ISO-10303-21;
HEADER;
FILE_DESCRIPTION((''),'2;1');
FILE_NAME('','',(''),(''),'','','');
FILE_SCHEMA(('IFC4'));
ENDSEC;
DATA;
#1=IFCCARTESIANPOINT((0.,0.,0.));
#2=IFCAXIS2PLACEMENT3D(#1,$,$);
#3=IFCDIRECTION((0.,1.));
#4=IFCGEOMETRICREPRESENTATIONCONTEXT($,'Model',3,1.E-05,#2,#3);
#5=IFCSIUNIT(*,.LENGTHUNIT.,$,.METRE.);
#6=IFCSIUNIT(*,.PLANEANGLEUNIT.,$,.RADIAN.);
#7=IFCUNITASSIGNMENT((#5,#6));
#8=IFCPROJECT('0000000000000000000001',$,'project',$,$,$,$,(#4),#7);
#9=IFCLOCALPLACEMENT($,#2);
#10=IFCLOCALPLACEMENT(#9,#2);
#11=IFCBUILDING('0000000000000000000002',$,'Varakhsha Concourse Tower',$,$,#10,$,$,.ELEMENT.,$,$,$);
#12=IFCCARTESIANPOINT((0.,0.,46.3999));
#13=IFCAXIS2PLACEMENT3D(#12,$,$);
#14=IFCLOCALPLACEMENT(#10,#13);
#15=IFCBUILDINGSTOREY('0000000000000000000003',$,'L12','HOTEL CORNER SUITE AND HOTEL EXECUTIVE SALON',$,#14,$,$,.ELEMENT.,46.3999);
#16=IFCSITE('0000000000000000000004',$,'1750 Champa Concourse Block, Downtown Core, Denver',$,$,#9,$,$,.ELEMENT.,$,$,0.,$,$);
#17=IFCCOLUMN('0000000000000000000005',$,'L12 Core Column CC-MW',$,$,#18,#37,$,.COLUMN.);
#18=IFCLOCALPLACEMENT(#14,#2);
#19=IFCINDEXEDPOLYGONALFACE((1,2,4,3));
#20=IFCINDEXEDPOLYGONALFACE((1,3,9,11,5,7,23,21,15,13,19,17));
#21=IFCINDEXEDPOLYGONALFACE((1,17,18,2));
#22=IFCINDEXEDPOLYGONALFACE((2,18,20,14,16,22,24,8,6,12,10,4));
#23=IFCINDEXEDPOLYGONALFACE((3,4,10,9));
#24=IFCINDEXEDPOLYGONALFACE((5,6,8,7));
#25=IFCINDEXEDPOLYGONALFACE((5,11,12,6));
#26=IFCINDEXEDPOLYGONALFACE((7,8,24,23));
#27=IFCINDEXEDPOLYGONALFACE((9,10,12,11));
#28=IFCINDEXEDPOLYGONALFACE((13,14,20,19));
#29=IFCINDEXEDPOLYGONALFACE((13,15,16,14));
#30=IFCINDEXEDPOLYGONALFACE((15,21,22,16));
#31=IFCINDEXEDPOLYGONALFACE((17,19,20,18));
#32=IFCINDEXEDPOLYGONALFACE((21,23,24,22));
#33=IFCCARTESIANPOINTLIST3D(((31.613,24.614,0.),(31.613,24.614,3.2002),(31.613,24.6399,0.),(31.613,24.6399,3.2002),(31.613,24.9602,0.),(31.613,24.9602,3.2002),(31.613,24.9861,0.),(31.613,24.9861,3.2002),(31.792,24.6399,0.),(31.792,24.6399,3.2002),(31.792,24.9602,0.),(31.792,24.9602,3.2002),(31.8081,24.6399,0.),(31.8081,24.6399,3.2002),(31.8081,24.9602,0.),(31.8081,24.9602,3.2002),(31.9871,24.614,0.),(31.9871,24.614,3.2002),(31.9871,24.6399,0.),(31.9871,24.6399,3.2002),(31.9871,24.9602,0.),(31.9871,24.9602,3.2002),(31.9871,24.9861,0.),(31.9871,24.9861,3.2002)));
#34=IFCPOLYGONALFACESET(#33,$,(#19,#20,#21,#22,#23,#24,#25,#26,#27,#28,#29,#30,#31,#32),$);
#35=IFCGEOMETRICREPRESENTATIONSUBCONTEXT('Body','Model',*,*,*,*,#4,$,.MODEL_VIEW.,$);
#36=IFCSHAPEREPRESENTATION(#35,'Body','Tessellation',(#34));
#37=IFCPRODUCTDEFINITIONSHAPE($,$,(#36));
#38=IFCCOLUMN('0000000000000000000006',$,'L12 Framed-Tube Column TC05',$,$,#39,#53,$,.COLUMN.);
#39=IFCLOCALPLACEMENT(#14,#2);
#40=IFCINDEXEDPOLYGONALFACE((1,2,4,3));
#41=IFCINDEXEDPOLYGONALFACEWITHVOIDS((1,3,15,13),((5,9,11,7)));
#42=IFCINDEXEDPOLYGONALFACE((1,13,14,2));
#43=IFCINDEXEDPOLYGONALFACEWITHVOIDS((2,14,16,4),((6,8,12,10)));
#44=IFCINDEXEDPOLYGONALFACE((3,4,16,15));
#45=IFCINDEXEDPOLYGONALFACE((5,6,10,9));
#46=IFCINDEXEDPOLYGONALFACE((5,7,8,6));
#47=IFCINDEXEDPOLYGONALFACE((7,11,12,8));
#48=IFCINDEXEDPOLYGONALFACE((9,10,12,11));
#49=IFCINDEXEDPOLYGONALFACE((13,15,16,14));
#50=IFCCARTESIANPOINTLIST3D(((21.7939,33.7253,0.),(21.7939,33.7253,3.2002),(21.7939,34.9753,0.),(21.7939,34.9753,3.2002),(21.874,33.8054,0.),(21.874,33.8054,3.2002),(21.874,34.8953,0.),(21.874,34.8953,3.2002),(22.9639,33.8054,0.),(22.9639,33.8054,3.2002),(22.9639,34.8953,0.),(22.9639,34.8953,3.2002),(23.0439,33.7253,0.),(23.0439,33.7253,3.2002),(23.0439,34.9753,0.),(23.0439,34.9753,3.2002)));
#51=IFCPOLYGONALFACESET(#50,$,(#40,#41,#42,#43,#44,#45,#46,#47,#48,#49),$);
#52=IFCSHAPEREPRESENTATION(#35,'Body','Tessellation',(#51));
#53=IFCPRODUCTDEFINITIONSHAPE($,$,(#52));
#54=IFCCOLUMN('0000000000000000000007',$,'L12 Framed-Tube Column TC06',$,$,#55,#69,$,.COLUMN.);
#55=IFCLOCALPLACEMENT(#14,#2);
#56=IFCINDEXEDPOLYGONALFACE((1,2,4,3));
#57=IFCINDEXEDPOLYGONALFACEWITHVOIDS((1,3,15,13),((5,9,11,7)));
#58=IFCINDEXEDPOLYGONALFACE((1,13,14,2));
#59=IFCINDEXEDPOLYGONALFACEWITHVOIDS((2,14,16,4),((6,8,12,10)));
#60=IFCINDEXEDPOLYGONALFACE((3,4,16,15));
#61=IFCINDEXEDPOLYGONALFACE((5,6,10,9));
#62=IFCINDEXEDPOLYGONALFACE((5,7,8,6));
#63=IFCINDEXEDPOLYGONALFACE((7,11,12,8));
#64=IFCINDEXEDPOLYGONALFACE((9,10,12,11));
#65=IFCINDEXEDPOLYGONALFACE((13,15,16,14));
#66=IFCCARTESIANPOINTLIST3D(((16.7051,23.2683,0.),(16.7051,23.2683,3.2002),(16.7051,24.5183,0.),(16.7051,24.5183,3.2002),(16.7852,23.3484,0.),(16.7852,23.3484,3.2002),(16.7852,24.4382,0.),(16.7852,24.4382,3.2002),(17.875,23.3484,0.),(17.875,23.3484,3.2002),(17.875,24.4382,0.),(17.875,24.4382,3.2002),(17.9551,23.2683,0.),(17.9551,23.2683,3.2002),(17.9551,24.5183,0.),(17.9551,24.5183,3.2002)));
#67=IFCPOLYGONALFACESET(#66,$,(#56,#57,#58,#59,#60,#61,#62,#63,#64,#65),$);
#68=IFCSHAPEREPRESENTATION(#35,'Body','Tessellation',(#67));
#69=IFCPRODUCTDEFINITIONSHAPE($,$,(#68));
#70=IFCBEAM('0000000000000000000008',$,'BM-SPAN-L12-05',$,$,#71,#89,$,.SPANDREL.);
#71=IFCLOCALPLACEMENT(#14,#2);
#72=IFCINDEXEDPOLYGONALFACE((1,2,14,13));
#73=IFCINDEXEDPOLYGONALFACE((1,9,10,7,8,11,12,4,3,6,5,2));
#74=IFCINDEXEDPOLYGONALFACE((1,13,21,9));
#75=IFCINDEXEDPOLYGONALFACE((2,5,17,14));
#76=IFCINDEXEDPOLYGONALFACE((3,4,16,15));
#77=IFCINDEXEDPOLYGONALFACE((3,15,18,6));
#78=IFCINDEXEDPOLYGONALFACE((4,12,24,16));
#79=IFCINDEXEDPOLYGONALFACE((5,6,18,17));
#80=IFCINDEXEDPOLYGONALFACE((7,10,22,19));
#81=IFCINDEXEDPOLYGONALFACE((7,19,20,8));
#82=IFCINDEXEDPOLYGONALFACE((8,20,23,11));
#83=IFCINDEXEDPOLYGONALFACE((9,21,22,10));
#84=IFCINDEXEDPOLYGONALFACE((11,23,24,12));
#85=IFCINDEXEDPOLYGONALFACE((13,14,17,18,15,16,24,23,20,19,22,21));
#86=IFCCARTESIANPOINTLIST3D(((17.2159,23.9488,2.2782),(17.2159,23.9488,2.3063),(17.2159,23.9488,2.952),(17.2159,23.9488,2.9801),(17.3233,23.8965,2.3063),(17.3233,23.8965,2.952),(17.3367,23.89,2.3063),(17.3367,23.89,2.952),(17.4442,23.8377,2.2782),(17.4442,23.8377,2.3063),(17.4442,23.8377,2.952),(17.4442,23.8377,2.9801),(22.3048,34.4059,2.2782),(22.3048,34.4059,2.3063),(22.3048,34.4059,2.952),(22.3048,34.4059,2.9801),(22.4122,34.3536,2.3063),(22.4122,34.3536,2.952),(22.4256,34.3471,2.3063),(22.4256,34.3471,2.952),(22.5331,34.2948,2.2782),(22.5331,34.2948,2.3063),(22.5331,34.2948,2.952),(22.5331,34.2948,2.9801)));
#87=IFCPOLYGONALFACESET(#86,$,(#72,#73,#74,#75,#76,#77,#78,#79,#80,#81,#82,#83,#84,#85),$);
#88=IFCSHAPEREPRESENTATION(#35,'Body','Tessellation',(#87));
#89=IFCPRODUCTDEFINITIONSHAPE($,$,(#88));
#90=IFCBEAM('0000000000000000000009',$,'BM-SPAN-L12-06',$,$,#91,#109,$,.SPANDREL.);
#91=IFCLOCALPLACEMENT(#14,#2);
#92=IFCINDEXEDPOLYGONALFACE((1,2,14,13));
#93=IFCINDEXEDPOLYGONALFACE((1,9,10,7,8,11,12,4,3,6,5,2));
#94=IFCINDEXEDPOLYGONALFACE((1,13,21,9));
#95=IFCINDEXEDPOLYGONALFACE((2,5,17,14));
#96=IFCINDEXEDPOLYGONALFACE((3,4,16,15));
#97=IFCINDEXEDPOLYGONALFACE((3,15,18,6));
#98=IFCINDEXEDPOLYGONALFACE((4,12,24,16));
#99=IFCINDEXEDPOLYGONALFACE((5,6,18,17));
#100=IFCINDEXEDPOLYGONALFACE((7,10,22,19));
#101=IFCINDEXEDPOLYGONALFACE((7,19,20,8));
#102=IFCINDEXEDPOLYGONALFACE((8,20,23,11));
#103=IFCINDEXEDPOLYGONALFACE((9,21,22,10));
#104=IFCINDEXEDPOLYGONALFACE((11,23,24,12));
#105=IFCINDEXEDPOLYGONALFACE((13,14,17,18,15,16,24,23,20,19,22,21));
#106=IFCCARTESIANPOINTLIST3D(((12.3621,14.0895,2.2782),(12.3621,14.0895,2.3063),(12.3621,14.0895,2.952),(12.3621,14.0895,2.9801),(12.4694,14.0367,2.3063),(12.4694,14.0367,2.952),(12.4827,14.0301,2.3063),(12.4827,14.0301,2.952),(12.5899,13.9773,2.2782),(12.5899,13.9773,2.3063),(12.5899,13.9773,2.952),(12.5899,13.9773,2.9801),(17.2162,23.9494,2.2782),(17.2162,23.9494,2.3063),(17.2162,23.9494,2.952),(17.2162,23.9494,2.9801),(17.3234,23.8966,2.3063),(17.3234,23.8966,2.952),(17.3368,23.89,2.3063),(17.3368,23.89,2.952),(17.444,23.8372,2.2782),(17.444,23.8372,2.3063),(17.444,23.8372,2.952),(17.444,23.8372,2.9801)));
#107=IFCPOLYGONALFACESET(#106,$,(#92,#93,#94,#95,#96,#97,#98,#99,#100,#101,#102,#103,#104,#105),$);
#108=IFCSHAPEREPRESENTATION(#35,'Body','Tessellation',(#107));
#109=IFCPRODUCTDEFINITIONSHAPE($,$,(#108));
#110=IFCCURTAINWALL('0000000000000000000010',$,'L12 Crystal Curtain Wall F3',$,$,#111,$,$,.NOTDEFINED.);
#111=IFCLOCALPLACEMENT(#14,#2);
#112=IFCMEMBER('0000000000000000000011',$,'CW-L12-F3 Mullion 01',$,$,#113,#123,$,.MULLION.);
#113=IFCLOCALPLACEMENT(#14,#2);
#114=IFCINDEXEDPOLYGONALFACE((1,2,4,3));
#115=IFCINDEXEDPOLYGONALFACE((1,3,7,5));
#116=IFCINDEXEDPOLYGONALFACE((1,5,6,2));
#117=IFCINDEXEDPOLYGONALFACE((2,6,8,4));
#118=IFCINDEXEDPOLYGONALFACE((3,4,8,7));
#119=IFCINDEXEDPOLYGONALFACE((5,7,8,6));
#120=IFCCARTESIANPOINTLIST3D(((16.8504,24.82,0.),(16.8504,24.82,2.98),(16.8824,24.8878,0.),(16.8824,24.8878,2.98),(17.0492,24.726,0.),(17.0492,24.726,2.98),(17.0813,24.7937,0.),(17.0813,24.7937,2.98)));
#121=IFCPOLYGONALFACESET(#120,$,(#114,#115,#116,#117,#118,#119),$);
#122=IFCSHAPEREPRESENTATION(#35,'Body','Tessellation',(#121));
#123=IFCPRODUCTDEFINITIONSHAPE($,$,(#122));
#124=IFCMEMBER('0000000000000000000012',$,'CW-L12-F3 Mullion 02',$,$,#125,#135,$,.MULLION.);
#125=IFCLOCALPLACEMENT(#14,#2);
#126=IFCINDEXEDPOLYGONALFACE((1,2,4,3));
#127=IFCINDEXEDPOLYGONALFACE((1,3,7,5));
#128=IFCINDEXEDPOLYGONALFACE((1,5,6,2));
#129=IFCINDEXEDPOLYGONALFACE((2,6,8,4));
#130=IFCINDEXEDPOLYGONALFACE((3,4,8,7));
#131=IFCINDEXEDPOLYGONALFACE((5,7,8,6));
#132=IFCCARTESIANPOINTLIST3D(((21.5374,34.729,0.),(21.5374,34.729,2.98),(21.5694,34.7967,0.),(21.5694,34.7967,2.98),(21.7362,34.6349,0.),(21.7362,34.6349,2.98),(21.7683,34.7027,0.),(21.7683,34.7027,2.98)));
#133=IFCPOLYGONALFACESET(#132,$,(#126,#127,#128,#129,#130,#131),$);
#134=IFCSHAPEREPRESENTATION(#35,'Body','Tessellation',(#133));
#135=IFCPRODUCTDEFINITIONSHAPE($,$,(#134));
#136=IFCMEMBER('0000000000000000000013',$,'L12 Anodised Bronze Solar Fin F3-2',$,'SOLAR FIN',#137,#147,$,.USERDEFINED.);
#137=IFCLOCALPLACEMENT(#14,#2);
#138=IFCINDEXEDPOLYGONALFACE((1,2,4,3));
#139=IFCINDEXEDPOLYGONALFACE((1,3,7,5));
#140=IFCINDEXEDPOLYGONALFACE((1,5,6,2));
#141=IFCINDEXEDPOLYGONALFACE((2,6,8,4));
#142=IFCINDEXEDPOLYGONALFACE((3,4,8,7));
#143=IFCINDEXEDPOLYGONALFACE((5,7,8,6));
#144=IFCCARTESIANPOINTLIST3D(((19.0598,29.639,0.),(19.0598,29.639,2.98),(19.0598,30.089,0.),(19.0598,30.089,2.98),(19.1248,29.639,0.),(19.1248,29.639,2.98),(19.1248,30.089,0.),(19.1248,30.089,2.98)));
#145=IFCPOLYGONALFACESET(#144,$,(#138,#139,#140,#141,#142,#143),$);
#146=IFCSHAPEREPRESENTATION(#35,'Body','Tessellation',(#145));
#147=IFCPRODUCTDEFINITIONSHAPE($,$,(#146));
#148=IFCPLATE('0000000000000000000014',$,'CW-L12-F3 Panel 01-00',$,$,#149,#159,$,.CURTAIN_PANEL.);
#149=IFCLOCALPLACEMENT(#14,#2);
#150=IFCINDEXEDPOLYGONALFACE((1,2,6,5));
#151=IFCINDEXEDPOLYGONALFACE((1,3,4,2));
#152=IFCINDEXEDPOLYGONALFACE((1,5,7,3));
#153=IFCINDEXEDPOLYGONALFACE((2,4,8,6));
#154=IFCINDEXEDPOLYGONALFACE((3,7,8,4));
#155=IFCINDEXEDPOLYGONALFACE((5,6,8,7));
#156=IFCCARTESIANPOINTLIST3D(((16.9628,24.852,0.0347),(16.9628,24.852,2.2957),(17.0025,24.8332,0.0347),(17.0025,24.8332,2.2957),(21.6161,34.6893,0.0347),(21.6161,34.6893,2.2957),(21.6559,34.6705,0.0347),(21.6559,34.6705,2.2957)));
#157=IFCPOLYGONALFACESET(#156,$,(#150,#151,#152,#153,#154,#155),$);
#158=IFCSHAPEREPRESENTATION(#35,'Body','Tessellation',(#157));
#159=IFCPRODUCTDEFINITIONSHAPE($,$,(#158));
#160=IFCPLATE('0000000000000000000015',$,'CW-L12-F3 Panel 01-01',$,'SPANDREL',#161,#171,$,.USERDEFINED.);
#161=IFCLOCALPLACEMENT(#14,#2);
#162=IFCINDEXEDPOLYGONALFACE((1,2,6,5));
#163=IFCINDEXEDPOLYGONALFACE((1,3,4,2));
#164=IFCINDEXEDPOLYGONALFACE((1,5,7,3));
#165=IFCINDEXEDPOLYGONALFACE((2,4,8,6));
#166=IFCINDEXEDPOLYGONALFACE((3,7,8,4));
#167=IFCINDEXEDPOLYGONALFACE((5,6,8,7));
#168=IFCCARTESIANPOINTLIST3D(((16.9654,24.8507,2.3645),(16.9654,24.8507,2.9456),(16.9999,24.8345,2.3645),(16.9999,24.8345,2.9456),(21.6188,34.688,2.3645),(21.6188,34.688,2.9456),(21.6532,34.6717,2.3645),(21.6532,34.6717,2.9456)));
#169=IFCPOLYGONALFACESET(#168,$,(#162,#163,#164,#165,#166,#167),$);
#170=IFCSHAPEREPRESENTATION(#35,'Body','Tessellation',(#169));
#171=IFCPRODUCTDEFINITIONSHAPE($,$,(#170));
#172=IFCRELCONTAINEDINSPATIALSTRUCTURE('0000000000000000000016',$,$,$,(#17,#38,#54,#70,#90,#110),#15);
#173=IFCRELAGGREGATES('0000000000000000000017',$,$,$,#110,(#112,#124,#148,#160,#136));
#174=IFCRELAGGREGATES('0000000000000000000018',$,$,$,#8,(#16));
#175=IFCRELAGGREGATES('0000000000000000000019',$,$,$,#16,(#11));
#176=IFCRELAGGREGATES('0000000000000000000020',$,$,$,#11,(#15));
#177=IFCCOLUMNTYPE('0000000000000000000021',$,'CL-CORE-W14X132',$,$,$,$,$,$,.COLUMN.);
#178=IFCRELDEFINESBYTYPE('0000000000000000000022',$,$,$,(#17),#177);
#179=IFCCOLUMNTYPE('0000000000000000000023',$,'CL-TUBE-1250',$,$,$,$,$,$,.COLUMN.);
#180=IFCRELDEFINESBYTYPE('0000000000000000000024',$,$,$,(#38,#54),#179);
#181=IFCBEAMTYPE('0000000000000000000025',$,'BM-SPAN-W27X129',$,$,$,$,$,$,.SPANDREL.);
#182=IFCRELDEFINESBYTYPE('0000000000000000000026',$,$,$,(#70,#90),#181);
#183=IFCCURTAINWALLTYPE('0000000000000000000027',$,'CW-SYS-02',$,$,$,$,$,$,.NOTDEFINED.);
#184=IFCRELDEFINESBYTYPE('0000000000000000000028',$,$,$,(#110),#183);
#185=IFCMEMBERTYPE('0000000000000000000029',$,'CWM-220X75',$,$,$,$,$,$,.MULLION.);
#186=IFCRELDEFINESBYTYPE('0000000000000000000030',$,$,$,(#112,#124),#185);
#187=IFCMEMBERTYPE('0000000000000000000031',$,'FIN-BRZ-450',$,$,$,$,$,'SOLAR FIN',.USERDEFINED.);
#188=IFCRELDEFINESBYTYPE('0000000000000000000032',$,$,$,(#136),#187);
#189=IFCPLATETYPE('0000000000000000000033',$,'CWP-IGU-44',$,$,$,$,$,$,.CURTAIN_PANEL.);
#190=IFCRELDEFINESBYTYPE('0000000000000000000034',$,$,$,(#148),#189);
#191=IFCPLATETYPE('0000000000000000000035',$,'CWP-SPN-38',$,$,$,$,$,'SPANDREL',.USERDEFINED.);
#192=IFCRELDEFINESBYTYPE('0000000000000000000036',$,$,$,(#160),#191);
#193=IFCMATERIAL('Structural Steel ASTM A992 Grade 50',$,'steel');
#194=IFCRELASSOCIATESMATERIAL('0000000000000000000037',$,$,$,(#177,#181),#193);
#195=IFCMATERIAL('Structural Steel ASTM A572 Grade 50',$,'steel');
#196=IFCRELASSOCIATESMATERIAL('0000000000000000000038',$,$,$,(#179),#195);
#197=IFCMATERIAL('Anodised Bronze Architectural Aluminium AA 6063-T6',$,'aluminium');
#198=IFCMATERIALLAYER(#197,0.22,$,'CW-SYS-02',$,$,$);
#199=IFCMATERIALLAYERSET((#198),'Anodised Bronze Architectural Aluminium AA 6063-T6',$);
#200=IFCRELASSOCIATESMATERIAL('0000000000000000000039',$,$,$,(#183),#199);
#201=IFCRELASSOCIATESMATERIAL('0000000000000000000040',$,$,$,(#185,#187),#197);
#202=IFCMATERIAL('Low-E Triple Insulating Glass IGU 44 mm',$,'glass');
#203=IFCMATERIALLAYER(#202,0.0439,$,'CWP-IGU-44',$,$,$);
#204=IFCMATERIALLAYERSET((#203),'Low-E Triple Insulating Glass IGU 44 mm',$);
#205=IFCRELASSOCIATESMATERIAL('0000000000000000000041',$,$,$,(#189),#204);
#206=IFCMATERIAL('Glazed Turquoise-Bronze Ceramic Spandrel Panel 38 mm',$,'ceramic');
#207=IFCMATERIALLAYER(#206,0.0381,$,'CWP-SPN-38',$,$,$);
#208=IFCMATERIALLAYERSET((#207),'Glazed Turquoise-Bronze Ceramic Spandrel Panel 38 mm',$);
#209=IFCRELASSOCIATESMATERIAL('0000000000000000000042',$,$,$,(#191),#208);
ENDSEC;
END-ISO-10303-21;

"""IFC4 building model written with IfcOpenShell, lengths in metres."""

from ifc_helpers import new_model, si_unit, direction, frame, origin, origin_2d, place, context, subcontext, project, spatial, rectangle, hollow_rectangle, i_section, extrude, source, transform, mapped, material, layer, layer_set, material_profile, profile_set, type_object, type_shapes, element, aggregate, save


model = new_model("IFC4")

# Units and contexts
model_context = context("Model", 3, precision=1e-05, world=origin(), true_north=direction((0.0, 1.0)))
body_context = subcontext(model_context, "Body", "Model", "MODEL_VIEW")
ifc_project = project(units=[si_unit("LENGTHUNIT", "METRE"), si_unit("PLANEANGLEUNIT", "RADIAN")], contexts=[model_context])

# Site, building, storey
site_placement = place(None, origin())
site = spatial("IfcSite", under=ifc_project, at=site_placement, Name="1750 Champa Concourse Block, Downtown Core, Denver", CompositionType="ELEMENT", RefElevation=0.0)
building_placement = place(site_placement, origin())
building = spatial("IfcBuilding", under=site, at=building_placement, Name="Varakhsha Concourse Tower", CompositionType="ELEMENT")
storey_placement = place(building_placement, frame((0.0, 0.0, 46.3999)))
storey = spatial("IfcBuildingStorey", under=building, at=storey_placement, Name="L12", Description="HOTEL CORNER SUITE AND HOTEL EXECUTIVE SALON", CompositionType="ELEMENT", Elevation=46.3999)

# Columns
ifc_material_1 = material(Name="Structural Steel ASTM A992 Grade 50", Category="steel")
ifc_material_profile_1 = material_profile(ifc_material_1, i_section(OverallWidth=0.374, OverallDepth=0.3721, WebThickness=0.0161, FlangeThickness=0.0259, at=origin_2d()), Name="W14X132")
ifc_profile_set_1 = profile_set([ifc_material_profile_1], Name="Structural Steel ASTM A992 Grade 50")
column_type_1 = type_object("IfcColumnType", Name="CL-CORE-W14X132", PredefinedType="COLUMN", material=ifc_profile_set_1)
column_placement = place(storey_placement, frame((31.8, 24.8, 0.0), z_axis=(0.0, 0.0, 1.0), x_axis=(1.0, 0.0, 0.0)))
element("IfcColumn", 1, at=column_placement, inside=storey, type_object=column_type_1, Name="L12 Core Column CC-MW", PredefinedType="COLUMN", context=body_context, shape_type="SweptSolid", body=[
    extrude(i_section(OverallWidth=0.374, OverallDepth=0.3721, WebThickness=0.0161, FlangeThickness=0.0259, at=origin_2d()), origin(), (0.0, 0.0, 1.0), 3.2002),
])
ifc_material_2 = material(Name="Structural Steel ASTM A572 Grade 50", Category="steel")
ifc_material_profile_2 = material_profile(ifc_material_2, hollow_rectangle(XDim=1.25, YDim=1.25, WallThickness=0.0801, at=origin_2d()), Name="BOX 1250x1250x80")
ifc_profile_set_2 = profile_set([ifc_material_profile_2], Name="Structural Steel ASTM A572 Grade 50")
column_type_2 = type_object("IfcColumnType", Name="CL-TUBE-1250", PredefinedType="COLUMN", material=ifc_profile_set_2)
for number, where, z_axis, x_axis, name in (
    (2, (22.4189, 34.3503, 0.0), (0.0, 0.0, 1.0), (1.0, 0.0, 0.0), "L12 Framed-Tube Column TC05"),
    (3, (17.3301, 23.8933, 0.0), (0.0, 0.0, 1.0), (1.0, 0.0, 0.0), "L12 Framed-Tube Column TC06"),
):
    element("IfcColumn", number, at=place(storey_placement, frame(where, z_axis=z_axis, x_axis=x_axis)), inside=storey, type_object=column_type_2, Name=name, PredefinedType="COLUMN", context=body_context, shape_type="SweptSolid", body=[
        extrude(hollow_rectangle(XDim=1.25, YDim=1.25, WallThickness=0.0801, at=origin_2d()), origin(), (0.0, 0.0, 1.0), 3.2002),
    ])

# Beams
ifc_material_profile_3 = material_profile(ifc_material_1, i_section(OverallWidth=0.2539, OverallDepth=0.7019, WebThickness=0.0149, FlangeThickness=0.0281, at=origin_2d()), Name="W27X129")
ifc_profile_set_3 = profile_set([ifc_material_profile_3], Name="Structural Steel ASTM A992 Grade 50")
beam_type = type_object("IfcBeamType", Name="BM-SPAN-W27X129", PredefinedType="SPANDREL", material=ifc_profile_set_3)
beam_1_placement = place(storey_placement, frame((22.4189, 34.3503, 2.6292), z_axis=(-0.437581, -0.899179, 0.0), x_axis=(0.899179, -0.437581, 0.0)))
element("IfcBeam", 4, at=beam_1_placement, inside=storey, type_object=beam_type, Name="BM-SPAN-L12-05", PredefinedType="SPANDREL", context=body_context, shape_type="SweptSolid", body=[
    extrude(i_section(OverallWidth=0.2539, OverallDepth=0.7019, WebThickness=0.0149, FlangeThickness=0.0281, at=origin_2d()), origin(), (0.0, 0.0, 1.0), 11.6296),
])
beam_2_placement = place(storey_placement, frame((17.3301, 23.8933, 2.6292), z_axis=(-0.441678, -0.897174, 0.0), x_axis=(0.897174, -0.441678, 0.0)))
element("IfcBeam", 5, at=beam_2_placement, inside=storey, type_object=beam_type, Name="BM-SPAN-L12-06", PredefinedType="SPANDREL", context=body_context, shape_type="SweptSolid", body=[
    extrude(i_section(OverallWidth=0.2539, OverallDepth=0.7019, WebThickness=0.0149, FlangeThickness=0.0281, at=origin_2d()), origin(), (0.0, 0.0, 1.0), 10.99),
])

# Curtain wall, members, plates
ifc_material_3 = material(Name="Anodised Bronze Architectural Aluminium AA 6063-T6", Category="aluminium")
ifc_layer_1 = layer(ifc_material_3, 0.22, Name="CW-SYS-02")
ifc_layer_set_1 = layer_set([ifc_layer_1], Name="Anodised Bronze Architectural Aluminium AA 6063-T6")
curtain_wall_type = type_object("IfcCurtainWallType", Name="CW-SYS-02", PredefinedType="NOTDEFINED", material=ifc_layer_set_1)
curtain_wall_placement = place(storey_placement, origin())
curtain_wall = element("IfcCurtainWall", 6, at=curtain_wall_placement, inside=storey, type_object=curtain_wall_type, Name="L12 Crystal Curtain Wall F3", PredefinedType="NOTDEFINED")
ifc_material_profile_4 = material_profile(ifc_material_3, rectangle(XDim=0.075, YDim=0.22, at=origin_2d()), Name="CWM-220X75")
ifc_profile_set_4 = profile_set([ifc_material_profile_4], Name="Anodised Bronze Architectural Aluminium AA 6063-T6")
member_type_1 = type_object("IfcMemberType", Name="CWM-220X75", PredefinedType="MULLION", material=ifc_profile_set_4)
shared_shape_1 = source(origin(), body_context, "Body", "SweptSolid", [
    extrude(rectangle(XDim=0.075, YDim=0.22, at=origin_2d()), origin(), (0.0, 0.0, 1.0), 2.98),
])
type_shapes(member_type_1, [shared_shape_1])
member_1_placement = place(storey_placement, frame((16.9658, 24.8069, 0.0), z_axis=(0.0, 0.0, 1.0), x_axis=(0.427604, 0.903966, 0.0)))
member_1 = element("IfcMember", 7, at=member_1_placement, type_object=member_type_1, Name="CW-L12-F3 Mullion 01", PredefinedType="MULLION", context=body_context, shape_type="MappedRepresentation", body=[
    mapped(shared_shape_1, transform((0.0, 0.0, 0.0), scale=1.0)),
])
member_2_placement = place(storey_placement, frame((21.6528, 34.7158, 0.0), z_axis=(0.0, 0.0, 1.0), x_axis=(0.427604, 0.903966, 0.0)))
member_2 = element("IfcMember", 8, at=member_2_placement, type_object=member_type_1, Name="CW-L12-F3 Mullion 02", PredefinedType="MULLION", context=body_context, shape_type="MappedRepresentation", body=[
    mapped(shared_shape_1, transform((0.0, 0.0, 0.0), scale=1.0)),
])
ifc_material_profile_5 = material_profile(ifc_material_3, rectangle(XDim=0.0649, YDim=0.45, at=origin_2d()), Name="FIN-BRZ-450")
ifc_profile_set_5 = profile_set([ifc_material_profile_5], Name="Anodised Bronze Architectural Aluminium AA 6063-T6")
member_type_2 = type_object("IfcMemberType", Name="FIN-BRZ-450", ElementType="SOLAR FIN", PredefinedType="USERDEFINED", material=ifc_profile_set_5)
shared_shape_2 = source(origin(), body_context, "Body", "SweptSolid", [
    extrude(rectangle(XDim=0.0649, YDim=0.45, at=origin_2d()), origin(), (0.0, 0.0, 1.0), 2.98),
])
type_shapes(member_type_2, [shared_shape_2])
member_3_placement = place(storey_placement, frame((19.0923, 29.864, 0.0), z_axis=(0.0, 0.0, 1.0), x_axis=(1.0, 0.0, 0.0)))
member_3 = element("IfcMember", 9, at=member_3_placement, type_object=member_type_2, Name="L12 Anodised Bronze Solar Fin F3-2", ObjectType="SOLAR FIN", PredefinedType="USERDEFINED", context=body_context, shape_type="MappedRepresentation", body=[
    mapped(shared_shape_2, transform((0.0, 0.0, 0.0), scale=1.0)),
])
ifc_material_4 = material(Name="Low-E Triple Insulating Glass IGU 44 mm", Category="glass")
ifc_layer_2 = layer(ifc_material_4, 0.0439, Name="CWP-IGU-44")
ifc_layer_set_2 = layer_set([ifc_layer_2], Name="Low-E Triple Insulating Glass IGU 44 mm")
plate_type_1 = type_object("IfcPlateType", Name="CWP-IGU-44", PredefinedType="CURTAIN_PANEL", material=ifc_layer_set_2)
shared_shape_3 = source(origin(), body_context, "Body", "SweptSolid", [
    extrude(rectangle(XDim=10.8823, YDim=0.0439, at=origin_2d()), origin(), (0.0, 0.0, 1.0), 2.261),
])
type_shapes(plate_type_1, [shared_shape_3])
plate_1_placement = place(storey_placement, frame((19.3093, 29.7612, 0.0347), z_axis=(0.0, 0.0, 1.0), x_axis=(0.427604, 0.903966, 0.0)))
plate_1 = element("IfcPlate", 10, at=plate_1_placement, type_object=plate_type_1, Name="CW-L12-F3 Panel 01-00", PredefinedType="CURTAIN_PANEL", context=body_context, shape_type="MappedRepresentation", body=[
    mapped(shared_shape_3, transform((0.0, 0.0, 0.0), scale=1.0)),
])
ifc_material_5 = material(Name="Glazed Turquoise-Bronze Ceramic Spandrel Panel 38 mm", Category="ceramic")
ifc_layer_3 = layer(ifc_material_5, 0.0381, Name="CWP-SPN-38")
ifc_layer_set_3 = layer_set([ifc_layer_3], Name="Glazed Turquoise-Bronze Ceramic Spandrel Panel 38 mm")
plate_type_2 = type_object("IfcPlateType", Name="CWP-SPN-38", ElementType="SPANDREL", PredefinedType="USERDEFINED", material=ifc_layer_set_3)
shared_shape_4 = source(origin(), body_context, "Body", "SweptSolid", [
    extrude(rectangle(XDim=10.8823, YDim=0.0381, at=origin_2d()), origin(), (0.0, 0.0, 1.0), 0.5811),
])
type_shapes(plate_type_2, [shared_shape_4])
plate_2_placement = place(storey_placement, frame((19.3093, 29.7612, 2.3645), z_axis=(0.0, 0.0, 1.0), x_axis=(0.427604, 0.903966, 0.0)))
plate_2 = element("IfcPlate", 11, at=plate_2_placement, type_object=plate_type_2, Name="CW-L12-F3 Panel 01-01", ObjectType="SPANDREL", PredefinedType="USERDEFINED", context=body_context, shape_type="MappedRepresentation", body=[
    mapped(shared_shape_4, transform((0.0, 0.0, 0.0), scale=1.0)),
])
aggregate(curtain_wall, [member_1, member_2, plate_1, plate_2, member_3])

save(model, "model.ifc")
